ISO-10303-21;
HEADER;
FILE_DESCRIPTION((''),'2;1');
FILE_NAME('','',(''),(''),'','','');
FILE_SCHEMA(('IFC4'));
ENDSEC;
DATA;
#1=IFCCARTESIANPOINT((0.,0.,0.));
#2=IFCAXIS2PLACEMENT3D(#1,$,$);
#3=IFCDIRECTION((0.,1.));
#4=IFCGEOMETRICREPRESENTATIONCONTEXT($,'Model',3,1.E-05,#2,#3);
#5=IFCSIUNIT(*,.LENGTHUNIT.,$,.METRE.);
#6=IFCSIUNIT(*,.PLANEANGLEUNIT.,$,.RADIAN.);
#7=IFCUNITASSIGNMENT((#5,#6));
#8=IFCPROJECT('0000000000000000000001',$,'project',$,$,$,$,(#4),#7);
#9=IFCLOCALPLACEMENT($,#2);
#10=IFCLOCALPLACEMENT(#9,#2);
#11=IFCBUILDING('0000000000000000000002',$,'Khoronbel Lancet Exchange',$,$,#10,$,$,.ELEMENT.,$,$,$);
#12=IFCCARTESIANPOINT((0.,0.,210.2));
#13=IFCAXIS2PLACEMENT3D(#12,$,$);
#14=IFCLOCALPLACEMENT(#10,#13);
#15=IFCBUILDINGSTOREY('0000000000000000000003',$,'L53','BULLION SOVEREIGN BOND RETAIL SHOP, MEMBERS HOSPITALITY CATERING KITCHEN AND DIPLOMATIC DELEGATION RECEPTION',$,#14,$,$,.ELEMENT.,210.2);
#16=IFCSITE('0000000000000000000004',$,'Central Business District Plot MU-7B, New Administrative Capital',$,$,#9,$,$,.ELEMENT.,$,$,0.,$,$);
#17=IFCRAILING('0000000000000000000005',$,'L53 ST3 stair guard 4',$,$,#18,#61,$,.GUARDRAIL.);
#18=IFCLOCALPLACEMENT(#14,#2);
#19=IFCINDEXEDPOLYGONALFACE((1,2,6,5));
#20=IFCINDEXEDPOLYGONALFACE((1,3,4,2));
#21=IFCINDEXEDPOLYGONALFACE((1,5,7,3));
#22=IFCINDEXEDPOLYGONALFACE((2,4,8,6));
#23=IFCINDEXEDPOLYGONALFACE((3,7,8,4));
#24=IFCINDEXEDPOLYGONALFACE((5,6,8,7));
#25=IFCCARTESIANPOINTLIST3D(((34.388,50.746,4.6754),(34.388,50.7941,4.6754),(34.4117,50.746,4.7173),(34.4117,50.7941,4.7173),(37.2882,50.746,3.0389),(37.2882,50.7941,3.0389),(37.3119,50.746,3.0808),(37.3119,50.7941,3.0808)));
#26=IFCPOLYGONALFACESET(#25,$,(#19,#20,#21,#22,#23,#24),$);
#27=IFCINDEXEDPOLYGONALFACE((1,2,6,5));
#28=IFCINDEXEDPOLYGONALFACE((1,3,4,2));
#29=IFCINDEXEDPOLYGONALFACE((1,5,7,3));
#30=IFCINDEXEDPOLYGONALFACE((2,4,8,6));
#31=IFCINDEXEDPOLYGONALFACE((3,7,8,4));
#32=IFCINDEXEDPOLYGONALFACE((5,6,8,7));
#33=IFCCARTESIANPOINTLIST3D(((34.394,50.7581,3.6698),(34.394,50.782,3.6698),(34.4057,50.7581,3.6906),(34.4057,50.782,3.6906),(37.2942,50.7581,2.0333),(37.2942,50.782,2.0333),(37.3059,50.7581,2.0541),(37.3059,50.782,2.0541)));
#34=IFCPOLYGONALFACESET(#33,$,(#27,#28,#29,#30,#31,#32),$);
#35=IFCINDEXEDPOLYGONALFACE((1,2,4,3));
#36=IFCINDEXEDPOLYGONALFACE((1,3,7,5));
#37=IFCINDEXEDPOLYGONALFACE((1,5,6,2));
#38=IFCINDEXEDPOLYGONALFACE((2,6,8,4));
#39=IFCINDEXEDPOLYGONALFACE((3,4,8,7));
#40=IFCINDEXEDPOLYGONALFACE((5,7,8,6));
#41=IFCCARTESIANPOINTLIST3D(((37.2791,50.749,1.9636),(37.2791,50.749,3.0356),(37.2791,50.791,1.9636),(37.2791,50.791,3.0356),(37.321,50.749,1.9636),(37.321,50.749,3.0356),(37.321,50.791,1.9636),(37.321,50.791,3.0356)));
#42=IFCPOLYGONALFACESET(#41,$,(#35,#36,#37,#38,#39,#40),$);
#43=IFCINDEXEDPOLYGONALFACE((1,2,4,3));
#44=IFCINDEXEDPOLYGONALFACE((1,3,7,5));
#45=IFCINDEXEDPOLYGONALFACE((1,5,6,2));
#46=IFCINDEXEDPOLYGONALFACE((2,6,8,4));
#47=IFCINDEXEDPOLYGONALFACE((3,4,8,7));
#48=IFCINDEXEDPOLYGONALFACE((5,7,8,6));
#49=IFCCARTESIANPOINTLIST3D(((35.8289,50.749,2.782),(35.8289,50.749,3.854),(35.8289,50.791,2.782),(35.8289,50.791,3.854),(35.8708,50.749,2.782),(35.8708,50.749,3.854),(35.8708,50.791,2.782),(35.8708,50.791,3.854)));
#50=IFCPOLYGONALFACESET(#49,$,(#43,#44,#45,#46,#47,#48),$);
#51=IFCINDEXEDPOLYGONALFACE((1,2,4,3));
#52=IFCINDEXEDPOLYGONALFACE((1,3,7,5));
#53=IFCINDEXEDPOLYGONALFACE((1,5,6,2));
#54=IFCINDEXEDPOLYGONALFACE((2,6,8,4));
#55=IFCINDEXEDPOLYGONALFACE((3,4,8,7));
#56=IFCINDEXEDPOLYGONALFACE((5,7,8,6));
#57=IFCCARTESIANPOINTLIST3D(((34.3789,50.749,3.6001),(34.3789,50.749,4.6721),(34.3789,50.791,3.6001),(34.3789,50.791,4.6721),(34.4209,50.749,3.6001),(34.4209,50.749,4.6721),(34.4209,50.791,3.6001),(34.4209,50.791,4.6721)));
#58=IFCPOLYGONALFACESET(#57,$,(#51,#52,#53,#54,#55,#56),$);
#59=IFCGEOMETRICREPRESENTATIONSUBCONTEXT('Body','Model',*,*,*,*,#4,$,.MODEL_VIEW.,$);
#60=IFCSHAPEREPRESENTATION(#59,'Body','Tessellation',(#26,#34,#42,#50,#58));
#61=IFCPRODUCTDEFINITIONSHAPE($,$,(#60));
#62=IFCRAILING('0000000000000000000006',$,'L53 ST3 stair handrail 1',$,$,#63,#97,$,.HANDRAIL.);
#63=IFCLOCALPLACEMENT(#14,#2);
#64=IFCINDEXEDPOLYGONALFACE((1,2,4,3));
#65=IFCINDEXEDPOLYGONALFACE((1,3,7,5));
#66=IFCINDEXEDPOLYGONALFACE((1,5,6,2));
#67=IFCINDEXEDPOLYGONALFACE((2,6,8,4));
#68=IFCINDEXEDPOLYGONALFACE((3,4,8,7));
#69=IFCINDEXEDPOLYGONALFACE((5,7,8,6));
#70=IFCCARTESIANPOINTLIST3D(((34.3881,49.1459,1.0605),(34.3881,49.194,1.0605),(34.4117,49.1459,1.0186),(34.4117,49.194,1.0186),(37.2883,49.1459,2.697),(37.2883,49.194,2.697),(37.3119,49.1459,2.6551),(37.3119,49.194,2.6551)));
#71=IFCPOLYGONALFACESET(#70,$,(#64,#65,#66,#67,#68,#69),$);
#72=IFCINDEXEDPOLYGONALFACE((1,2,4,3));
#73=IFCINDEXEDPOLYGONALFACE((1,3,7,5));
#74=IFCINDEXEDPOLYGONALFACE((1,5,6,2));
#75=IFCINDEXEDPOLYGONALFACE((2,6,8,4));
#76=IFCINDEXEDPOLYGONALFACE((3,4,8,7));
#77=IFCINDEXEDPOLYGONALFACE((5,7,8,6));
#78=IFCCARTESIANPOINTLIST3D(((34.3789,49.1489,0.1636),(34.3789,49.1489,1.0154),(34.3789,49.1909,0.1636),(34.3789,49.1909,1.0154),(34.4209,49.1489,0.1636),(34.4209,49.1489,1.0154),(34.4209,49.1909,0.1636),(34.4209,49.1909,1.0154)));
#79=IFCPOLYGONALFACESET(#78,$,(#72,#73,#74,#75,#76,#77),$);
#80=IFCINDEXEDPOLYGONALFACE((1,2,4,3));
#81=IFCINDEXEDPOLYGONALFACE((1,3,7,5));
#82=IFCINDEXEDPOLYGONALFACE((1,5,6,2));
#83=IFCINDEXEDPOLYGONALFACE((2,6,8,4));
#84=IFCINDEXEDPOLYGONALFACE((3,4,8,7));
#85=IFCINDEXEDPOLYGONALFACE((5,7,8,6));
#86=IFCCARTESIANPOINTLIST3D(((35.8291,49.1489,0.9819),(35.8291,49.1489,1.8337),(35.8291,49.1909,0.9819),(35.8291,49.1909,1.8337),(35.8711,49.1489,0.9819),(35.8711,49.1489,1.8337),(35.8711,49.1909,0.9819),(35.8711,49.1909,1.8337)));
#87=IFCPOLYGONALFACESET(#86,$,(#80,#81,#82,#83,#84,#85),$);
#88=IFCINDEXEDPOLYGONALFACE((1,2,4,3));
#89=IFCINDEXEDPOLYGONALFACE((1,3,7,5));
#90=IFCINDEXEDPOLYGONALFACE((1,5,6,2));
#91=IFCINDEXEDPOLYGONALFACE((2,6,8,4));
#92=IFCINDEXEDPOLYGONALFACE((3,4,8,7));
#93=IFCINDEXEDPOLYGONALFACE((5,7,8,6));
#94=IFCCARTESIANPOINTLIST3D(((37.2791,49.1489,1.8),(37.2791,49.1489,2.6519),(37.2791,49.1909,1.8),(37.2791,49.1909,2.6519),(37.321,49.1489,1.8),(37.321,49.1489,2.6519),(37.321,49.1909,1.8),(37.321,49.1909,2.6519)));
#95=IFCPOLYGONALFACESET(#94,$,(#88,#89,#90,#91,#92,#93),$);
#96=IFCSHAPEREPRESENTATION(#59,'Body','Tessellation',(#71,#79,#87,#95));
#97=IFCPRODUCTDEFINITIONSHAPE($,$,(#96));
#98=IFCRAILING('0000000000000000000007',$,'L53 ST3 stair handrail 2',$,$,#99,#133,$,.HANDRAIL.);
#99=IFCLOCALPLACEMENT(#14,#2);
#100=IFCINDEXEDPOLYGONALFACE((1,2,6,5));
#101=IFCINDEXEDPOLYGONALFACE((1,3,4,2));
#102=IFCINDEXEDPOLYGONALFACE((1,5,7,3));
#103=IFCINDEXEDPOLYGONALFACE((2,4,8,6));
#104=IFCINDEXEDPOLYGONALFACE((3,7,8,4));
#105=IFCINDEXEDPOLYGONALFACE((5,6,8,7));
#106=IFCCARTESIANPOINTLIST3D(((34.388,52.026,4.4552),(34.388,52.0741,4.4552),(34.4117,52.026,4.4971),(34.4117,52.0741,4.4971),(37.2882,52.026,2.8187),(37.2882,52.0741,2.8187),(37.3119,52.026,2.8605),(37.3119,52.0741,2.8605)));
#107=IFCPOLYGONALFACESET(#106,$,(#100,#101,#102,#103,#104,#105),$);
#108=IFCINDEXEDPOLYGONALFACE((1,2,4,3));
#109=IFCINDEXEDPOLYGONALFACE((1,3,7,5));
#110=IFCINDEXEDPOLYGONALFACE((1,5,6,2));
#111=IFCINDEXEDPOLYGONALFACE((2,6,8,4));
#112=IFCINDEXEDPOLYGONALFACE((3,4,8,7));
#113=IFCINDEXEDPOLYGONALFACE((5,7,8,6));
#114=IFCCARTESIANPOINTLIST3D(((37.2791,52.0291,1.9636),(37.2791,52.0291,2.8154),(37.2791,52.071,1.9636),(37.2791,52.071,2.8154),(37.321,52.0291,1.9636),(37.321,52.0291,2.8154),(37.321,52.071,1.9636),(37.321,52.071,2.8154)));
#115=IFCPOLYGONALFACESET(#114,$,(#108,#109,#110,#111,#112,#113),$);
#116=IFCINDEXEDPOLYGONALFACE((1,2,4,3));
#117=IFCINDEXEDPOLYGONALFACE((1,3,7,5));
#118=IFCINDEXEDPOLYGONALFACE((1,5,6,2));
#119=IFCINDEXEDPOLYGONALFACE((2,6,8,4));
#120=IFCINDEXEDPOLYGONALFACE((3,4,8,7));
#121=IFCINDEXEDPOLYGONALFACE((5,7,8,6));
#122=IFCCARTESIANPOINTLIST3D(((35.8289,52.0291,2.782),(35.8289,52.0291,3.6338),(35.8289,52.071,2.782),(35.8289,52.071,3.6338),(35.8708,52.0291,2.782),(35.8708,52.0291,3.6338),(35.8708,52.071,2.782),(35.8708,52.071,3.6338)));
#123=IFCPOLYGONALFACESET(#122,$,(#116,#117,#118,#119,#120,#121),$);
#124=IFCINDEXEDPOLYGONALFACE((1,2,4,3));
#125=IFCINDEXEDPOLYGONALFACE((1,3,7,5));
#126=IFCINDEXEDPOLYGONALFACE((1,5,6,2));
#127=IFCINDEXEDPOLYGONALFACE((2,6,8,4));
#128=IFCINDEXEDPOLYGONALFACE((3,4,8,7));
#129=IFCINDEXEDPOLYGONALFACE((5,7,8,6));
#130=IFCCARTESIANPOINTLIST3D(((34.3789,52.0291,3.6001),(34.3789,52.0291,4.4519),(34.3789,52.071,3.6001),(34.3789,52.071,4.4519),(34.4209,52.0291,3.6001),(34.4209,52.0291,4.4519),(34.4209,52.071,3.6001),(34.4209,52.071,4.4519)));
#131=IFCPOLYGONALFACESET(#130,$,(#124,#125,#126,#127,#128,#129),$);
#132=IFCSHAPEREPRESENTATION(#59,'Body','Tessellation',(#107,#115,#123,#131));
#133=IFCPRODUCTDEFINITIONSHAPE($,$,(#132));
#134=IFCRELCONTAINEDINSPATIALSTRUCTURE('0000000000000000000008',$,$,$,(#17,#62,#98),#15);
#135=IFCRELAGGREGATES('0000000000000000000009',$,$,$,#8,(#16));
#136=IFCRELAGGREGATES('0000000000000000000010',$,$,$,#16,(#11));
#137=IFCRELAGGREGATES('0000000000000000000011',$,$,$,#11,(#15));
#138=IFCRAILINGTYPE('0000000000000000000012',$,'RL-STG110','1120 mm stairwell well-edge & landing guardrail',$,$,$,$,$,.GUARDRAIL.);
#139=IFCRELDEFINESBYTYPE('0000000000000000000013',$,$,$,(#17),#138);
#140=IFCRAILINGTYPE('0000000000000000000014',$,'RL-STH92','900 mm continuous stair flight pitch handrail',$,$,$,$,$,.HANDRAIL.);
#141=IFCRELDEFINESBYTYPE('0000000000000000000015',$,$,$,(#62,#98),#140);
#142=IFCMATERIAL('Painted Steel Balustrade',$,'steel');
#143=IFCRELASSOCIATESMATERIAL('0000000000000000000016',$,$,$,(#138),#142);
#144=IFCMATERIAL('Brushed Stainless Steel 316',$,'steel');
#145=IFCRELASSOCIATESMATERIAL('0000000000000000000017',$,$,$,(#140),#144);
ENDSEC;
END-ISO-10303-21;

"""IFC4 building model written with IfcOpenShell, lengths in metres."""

from ifc_helpers import new_model, si_unit, direction, frame, origin, origin_2d, place, context, subcontext, project, spatial, rectangle, extrude, material, type_object, element, save


model = new_model("IFC4")

# Units and contexts
model_context = context("Model", 3, precision=1e-05, world=origin(), true_north=direction((0.0, 1.0)))
body_context = subcontext(model_context, "Body", "Model", "MODEL_VIEW")
ifc_project = project(units=[si_unit("LENGTHUNIT", "METRE"), si_unit("PLANEANGLEUNIT", "RADIAN")], contexts=[model_context])

# Site, building, storey
site_placement = place(None, origin())
site = spatial("IfcSite", under=ifc_project, at=site_placement, Name="Central Business District Plot MU-7B, New Administrative Capital", CompositionType="ELEMENT", RefElevation=0.0)
building_placement = place(site_placement, origin())
building = spatial("IfcBuilding", under=site, at=building_placement, Name="Khoronbel Lancet Exchange", CompositionType="ELEMENT")
storey_placement = place(building_placement, frame((0.0, 0.0, 210.2)))
storey = spatial("IfcBuildingStorey", under=building, at=storey_placement, Name="L53", Description="BULLION SOVEREIGN BOND RETAIL SHOP, MEMBERS HOSPITALITY CATERING KITCHEN AND DIPLOMATIC DELEGATION RECEPTION", CompositionType="ELEMENT", Elevation=210.2)

# Railings
ifc_material_1 = material(Name="Painted Steel Balustrade", Category="steel")
railing_type_1 = type_object("IfcRailingType", Name="RL-STG110", Description="1120 mm stairwell well-edge & landing guardrail", PredefinedType="GUARDRAIL", material=ifc_material_1)
railing_1_placement = place(storey_placement, frame((37.3, 50.77, 1.9636)))
element("IfcRailing", 1, at=railing_1_placement, inside=storey, type_object=railing_type_1, Name="L53 ST3 stair guard 4", PredefinedType="GUARDRAIL", context=body_context, shape_type="SweptSolid", body=[
    extrude(rectangle(XDim=0.0481, YDim=0.0481, at=origin_2d()), frame((0.0, 0.0, 1.0962), z_axis=(-0.870915, 0.0, 0.491434), x_axis=(0.0, -1.0, 0.0)), (0.0, 0.0, 1.0), 3.3301),
    extrude(rectangle(XDim=0.0239, YDim=0.0239, at=origin_2d()), frame((0.0, 0.0, 0.0801), z_axis=(-0.870915, 0.0, 0.491434), x_axis=(0.0, -1.0, 0.0)), (0.0, 0.0, 1.0), 3.3301),
    extrude(rectangle(XDim=0.042, YDim=0.042, at=origin_2d()), origin(), (0.0, 0.0, 1.0), 1.072),
    extrude(rectangle(XDim=0.042, YDim=0.042, at=origin_2d()), frame((-1.4502, 0.0, 0.8184)), (0.0, 0.0, 1.0), 1.072),
    extrude(rectangle(XDim=0.042, YDim=0.042, at=origin_2d()), frame((-2.9001, 0.0, 1.6365)), (0.0, 0.0, 1.0), 1.072),
])
ifc_material_2 = material(Name="Brushed Stainless Steel 316", Category="steel")
railing_type_2 = type_object("IfcRailingType", Name="RL-STH92", Description="900 mm continuous stair flight pitch handrail", PredefinedType="HANDRAIL", material=ifc_material_2)
railing_2_placement = place(storey_placement, frame((34.3999, 49.1699, 0.1636)))
element("IfcRailing", 2, at=railing_2_placement, inside=storey, type_object=railing_type_2, Name="L53 ST3 stair handrail 1", PredefinedType="HANDRAIL", context=body_context, shape_type="SweptSolid", body=[
    extrude(rectangle(XDim=0.0481, YDim=0.0481, at=origin_2d()), frame((0.0, 0.0, 0.876), z_axis=(0.870915, 0.0, 0.491434), x_axis=(0.0, 1.0, 0.0)), (0.0, 0.0, 1.0), 3.3301),
    extrude(rectangle(XDim=0.042, YDim=0.042, at=origin_2d()), origin(), (0.0, 0.0, 1.0), 0.8518),
    extrude(rectangle(XDim=0.042, YDim=0.042, at=origin_2d()), frame((1.4502, 0.0, 0.8184)), (0.0, 0.0, 1.0), 0.8518),
    extrude(rectangle(XDim=0.042, YDim=0.042, at=origin_2d()), frame((2.9001, 0.0, 1.6365)), (0.0, 0.0, 1.0), 0.8518),
])
railing_3_placement = place(storey_placement, frame((37.3, 52.05, 1.9636)))
element("IfcRailing", 3, at=railing_3_placement, inside=storey, type_object=railing_type_2, Name="L53 ST3 stair handrail 2", PredefinedType="HANDRAIL", context=body_context, shape_type="SweptSolid", body=[
    extrude(rectangle(XDim=0.0481, YDim=0.0481, at=origin_2d()), frame((0.0, 0.0, 0.876), z_axis=(-0.870915, 0.0, 0.491434), x_axis=(0.0, -1.0, 0.0)), (0.0, 0.0, 1.0), 3.3301),
    extrude(rectangle(XDim=0.042, YDim=0.042, at=origin_2d()), origin(), (0.0, 0.0, 1.0), 0.8518),
    extrude(rectangle(XDim=0.042, YDim=0.042, at=origin_2d()), frame((-1.4502, 0.0, 0.8184)), (0.0, 0.0, 1.0), 0.8518),
    extrude(rectangle(XDim=0.042, YDim=0.042, at=origin_2d()), frame((-2.9001, 0.0, 1.6365)), (0.0, 0.0, 1.0), 0.8518),
])

save(model, "model.ifc")
